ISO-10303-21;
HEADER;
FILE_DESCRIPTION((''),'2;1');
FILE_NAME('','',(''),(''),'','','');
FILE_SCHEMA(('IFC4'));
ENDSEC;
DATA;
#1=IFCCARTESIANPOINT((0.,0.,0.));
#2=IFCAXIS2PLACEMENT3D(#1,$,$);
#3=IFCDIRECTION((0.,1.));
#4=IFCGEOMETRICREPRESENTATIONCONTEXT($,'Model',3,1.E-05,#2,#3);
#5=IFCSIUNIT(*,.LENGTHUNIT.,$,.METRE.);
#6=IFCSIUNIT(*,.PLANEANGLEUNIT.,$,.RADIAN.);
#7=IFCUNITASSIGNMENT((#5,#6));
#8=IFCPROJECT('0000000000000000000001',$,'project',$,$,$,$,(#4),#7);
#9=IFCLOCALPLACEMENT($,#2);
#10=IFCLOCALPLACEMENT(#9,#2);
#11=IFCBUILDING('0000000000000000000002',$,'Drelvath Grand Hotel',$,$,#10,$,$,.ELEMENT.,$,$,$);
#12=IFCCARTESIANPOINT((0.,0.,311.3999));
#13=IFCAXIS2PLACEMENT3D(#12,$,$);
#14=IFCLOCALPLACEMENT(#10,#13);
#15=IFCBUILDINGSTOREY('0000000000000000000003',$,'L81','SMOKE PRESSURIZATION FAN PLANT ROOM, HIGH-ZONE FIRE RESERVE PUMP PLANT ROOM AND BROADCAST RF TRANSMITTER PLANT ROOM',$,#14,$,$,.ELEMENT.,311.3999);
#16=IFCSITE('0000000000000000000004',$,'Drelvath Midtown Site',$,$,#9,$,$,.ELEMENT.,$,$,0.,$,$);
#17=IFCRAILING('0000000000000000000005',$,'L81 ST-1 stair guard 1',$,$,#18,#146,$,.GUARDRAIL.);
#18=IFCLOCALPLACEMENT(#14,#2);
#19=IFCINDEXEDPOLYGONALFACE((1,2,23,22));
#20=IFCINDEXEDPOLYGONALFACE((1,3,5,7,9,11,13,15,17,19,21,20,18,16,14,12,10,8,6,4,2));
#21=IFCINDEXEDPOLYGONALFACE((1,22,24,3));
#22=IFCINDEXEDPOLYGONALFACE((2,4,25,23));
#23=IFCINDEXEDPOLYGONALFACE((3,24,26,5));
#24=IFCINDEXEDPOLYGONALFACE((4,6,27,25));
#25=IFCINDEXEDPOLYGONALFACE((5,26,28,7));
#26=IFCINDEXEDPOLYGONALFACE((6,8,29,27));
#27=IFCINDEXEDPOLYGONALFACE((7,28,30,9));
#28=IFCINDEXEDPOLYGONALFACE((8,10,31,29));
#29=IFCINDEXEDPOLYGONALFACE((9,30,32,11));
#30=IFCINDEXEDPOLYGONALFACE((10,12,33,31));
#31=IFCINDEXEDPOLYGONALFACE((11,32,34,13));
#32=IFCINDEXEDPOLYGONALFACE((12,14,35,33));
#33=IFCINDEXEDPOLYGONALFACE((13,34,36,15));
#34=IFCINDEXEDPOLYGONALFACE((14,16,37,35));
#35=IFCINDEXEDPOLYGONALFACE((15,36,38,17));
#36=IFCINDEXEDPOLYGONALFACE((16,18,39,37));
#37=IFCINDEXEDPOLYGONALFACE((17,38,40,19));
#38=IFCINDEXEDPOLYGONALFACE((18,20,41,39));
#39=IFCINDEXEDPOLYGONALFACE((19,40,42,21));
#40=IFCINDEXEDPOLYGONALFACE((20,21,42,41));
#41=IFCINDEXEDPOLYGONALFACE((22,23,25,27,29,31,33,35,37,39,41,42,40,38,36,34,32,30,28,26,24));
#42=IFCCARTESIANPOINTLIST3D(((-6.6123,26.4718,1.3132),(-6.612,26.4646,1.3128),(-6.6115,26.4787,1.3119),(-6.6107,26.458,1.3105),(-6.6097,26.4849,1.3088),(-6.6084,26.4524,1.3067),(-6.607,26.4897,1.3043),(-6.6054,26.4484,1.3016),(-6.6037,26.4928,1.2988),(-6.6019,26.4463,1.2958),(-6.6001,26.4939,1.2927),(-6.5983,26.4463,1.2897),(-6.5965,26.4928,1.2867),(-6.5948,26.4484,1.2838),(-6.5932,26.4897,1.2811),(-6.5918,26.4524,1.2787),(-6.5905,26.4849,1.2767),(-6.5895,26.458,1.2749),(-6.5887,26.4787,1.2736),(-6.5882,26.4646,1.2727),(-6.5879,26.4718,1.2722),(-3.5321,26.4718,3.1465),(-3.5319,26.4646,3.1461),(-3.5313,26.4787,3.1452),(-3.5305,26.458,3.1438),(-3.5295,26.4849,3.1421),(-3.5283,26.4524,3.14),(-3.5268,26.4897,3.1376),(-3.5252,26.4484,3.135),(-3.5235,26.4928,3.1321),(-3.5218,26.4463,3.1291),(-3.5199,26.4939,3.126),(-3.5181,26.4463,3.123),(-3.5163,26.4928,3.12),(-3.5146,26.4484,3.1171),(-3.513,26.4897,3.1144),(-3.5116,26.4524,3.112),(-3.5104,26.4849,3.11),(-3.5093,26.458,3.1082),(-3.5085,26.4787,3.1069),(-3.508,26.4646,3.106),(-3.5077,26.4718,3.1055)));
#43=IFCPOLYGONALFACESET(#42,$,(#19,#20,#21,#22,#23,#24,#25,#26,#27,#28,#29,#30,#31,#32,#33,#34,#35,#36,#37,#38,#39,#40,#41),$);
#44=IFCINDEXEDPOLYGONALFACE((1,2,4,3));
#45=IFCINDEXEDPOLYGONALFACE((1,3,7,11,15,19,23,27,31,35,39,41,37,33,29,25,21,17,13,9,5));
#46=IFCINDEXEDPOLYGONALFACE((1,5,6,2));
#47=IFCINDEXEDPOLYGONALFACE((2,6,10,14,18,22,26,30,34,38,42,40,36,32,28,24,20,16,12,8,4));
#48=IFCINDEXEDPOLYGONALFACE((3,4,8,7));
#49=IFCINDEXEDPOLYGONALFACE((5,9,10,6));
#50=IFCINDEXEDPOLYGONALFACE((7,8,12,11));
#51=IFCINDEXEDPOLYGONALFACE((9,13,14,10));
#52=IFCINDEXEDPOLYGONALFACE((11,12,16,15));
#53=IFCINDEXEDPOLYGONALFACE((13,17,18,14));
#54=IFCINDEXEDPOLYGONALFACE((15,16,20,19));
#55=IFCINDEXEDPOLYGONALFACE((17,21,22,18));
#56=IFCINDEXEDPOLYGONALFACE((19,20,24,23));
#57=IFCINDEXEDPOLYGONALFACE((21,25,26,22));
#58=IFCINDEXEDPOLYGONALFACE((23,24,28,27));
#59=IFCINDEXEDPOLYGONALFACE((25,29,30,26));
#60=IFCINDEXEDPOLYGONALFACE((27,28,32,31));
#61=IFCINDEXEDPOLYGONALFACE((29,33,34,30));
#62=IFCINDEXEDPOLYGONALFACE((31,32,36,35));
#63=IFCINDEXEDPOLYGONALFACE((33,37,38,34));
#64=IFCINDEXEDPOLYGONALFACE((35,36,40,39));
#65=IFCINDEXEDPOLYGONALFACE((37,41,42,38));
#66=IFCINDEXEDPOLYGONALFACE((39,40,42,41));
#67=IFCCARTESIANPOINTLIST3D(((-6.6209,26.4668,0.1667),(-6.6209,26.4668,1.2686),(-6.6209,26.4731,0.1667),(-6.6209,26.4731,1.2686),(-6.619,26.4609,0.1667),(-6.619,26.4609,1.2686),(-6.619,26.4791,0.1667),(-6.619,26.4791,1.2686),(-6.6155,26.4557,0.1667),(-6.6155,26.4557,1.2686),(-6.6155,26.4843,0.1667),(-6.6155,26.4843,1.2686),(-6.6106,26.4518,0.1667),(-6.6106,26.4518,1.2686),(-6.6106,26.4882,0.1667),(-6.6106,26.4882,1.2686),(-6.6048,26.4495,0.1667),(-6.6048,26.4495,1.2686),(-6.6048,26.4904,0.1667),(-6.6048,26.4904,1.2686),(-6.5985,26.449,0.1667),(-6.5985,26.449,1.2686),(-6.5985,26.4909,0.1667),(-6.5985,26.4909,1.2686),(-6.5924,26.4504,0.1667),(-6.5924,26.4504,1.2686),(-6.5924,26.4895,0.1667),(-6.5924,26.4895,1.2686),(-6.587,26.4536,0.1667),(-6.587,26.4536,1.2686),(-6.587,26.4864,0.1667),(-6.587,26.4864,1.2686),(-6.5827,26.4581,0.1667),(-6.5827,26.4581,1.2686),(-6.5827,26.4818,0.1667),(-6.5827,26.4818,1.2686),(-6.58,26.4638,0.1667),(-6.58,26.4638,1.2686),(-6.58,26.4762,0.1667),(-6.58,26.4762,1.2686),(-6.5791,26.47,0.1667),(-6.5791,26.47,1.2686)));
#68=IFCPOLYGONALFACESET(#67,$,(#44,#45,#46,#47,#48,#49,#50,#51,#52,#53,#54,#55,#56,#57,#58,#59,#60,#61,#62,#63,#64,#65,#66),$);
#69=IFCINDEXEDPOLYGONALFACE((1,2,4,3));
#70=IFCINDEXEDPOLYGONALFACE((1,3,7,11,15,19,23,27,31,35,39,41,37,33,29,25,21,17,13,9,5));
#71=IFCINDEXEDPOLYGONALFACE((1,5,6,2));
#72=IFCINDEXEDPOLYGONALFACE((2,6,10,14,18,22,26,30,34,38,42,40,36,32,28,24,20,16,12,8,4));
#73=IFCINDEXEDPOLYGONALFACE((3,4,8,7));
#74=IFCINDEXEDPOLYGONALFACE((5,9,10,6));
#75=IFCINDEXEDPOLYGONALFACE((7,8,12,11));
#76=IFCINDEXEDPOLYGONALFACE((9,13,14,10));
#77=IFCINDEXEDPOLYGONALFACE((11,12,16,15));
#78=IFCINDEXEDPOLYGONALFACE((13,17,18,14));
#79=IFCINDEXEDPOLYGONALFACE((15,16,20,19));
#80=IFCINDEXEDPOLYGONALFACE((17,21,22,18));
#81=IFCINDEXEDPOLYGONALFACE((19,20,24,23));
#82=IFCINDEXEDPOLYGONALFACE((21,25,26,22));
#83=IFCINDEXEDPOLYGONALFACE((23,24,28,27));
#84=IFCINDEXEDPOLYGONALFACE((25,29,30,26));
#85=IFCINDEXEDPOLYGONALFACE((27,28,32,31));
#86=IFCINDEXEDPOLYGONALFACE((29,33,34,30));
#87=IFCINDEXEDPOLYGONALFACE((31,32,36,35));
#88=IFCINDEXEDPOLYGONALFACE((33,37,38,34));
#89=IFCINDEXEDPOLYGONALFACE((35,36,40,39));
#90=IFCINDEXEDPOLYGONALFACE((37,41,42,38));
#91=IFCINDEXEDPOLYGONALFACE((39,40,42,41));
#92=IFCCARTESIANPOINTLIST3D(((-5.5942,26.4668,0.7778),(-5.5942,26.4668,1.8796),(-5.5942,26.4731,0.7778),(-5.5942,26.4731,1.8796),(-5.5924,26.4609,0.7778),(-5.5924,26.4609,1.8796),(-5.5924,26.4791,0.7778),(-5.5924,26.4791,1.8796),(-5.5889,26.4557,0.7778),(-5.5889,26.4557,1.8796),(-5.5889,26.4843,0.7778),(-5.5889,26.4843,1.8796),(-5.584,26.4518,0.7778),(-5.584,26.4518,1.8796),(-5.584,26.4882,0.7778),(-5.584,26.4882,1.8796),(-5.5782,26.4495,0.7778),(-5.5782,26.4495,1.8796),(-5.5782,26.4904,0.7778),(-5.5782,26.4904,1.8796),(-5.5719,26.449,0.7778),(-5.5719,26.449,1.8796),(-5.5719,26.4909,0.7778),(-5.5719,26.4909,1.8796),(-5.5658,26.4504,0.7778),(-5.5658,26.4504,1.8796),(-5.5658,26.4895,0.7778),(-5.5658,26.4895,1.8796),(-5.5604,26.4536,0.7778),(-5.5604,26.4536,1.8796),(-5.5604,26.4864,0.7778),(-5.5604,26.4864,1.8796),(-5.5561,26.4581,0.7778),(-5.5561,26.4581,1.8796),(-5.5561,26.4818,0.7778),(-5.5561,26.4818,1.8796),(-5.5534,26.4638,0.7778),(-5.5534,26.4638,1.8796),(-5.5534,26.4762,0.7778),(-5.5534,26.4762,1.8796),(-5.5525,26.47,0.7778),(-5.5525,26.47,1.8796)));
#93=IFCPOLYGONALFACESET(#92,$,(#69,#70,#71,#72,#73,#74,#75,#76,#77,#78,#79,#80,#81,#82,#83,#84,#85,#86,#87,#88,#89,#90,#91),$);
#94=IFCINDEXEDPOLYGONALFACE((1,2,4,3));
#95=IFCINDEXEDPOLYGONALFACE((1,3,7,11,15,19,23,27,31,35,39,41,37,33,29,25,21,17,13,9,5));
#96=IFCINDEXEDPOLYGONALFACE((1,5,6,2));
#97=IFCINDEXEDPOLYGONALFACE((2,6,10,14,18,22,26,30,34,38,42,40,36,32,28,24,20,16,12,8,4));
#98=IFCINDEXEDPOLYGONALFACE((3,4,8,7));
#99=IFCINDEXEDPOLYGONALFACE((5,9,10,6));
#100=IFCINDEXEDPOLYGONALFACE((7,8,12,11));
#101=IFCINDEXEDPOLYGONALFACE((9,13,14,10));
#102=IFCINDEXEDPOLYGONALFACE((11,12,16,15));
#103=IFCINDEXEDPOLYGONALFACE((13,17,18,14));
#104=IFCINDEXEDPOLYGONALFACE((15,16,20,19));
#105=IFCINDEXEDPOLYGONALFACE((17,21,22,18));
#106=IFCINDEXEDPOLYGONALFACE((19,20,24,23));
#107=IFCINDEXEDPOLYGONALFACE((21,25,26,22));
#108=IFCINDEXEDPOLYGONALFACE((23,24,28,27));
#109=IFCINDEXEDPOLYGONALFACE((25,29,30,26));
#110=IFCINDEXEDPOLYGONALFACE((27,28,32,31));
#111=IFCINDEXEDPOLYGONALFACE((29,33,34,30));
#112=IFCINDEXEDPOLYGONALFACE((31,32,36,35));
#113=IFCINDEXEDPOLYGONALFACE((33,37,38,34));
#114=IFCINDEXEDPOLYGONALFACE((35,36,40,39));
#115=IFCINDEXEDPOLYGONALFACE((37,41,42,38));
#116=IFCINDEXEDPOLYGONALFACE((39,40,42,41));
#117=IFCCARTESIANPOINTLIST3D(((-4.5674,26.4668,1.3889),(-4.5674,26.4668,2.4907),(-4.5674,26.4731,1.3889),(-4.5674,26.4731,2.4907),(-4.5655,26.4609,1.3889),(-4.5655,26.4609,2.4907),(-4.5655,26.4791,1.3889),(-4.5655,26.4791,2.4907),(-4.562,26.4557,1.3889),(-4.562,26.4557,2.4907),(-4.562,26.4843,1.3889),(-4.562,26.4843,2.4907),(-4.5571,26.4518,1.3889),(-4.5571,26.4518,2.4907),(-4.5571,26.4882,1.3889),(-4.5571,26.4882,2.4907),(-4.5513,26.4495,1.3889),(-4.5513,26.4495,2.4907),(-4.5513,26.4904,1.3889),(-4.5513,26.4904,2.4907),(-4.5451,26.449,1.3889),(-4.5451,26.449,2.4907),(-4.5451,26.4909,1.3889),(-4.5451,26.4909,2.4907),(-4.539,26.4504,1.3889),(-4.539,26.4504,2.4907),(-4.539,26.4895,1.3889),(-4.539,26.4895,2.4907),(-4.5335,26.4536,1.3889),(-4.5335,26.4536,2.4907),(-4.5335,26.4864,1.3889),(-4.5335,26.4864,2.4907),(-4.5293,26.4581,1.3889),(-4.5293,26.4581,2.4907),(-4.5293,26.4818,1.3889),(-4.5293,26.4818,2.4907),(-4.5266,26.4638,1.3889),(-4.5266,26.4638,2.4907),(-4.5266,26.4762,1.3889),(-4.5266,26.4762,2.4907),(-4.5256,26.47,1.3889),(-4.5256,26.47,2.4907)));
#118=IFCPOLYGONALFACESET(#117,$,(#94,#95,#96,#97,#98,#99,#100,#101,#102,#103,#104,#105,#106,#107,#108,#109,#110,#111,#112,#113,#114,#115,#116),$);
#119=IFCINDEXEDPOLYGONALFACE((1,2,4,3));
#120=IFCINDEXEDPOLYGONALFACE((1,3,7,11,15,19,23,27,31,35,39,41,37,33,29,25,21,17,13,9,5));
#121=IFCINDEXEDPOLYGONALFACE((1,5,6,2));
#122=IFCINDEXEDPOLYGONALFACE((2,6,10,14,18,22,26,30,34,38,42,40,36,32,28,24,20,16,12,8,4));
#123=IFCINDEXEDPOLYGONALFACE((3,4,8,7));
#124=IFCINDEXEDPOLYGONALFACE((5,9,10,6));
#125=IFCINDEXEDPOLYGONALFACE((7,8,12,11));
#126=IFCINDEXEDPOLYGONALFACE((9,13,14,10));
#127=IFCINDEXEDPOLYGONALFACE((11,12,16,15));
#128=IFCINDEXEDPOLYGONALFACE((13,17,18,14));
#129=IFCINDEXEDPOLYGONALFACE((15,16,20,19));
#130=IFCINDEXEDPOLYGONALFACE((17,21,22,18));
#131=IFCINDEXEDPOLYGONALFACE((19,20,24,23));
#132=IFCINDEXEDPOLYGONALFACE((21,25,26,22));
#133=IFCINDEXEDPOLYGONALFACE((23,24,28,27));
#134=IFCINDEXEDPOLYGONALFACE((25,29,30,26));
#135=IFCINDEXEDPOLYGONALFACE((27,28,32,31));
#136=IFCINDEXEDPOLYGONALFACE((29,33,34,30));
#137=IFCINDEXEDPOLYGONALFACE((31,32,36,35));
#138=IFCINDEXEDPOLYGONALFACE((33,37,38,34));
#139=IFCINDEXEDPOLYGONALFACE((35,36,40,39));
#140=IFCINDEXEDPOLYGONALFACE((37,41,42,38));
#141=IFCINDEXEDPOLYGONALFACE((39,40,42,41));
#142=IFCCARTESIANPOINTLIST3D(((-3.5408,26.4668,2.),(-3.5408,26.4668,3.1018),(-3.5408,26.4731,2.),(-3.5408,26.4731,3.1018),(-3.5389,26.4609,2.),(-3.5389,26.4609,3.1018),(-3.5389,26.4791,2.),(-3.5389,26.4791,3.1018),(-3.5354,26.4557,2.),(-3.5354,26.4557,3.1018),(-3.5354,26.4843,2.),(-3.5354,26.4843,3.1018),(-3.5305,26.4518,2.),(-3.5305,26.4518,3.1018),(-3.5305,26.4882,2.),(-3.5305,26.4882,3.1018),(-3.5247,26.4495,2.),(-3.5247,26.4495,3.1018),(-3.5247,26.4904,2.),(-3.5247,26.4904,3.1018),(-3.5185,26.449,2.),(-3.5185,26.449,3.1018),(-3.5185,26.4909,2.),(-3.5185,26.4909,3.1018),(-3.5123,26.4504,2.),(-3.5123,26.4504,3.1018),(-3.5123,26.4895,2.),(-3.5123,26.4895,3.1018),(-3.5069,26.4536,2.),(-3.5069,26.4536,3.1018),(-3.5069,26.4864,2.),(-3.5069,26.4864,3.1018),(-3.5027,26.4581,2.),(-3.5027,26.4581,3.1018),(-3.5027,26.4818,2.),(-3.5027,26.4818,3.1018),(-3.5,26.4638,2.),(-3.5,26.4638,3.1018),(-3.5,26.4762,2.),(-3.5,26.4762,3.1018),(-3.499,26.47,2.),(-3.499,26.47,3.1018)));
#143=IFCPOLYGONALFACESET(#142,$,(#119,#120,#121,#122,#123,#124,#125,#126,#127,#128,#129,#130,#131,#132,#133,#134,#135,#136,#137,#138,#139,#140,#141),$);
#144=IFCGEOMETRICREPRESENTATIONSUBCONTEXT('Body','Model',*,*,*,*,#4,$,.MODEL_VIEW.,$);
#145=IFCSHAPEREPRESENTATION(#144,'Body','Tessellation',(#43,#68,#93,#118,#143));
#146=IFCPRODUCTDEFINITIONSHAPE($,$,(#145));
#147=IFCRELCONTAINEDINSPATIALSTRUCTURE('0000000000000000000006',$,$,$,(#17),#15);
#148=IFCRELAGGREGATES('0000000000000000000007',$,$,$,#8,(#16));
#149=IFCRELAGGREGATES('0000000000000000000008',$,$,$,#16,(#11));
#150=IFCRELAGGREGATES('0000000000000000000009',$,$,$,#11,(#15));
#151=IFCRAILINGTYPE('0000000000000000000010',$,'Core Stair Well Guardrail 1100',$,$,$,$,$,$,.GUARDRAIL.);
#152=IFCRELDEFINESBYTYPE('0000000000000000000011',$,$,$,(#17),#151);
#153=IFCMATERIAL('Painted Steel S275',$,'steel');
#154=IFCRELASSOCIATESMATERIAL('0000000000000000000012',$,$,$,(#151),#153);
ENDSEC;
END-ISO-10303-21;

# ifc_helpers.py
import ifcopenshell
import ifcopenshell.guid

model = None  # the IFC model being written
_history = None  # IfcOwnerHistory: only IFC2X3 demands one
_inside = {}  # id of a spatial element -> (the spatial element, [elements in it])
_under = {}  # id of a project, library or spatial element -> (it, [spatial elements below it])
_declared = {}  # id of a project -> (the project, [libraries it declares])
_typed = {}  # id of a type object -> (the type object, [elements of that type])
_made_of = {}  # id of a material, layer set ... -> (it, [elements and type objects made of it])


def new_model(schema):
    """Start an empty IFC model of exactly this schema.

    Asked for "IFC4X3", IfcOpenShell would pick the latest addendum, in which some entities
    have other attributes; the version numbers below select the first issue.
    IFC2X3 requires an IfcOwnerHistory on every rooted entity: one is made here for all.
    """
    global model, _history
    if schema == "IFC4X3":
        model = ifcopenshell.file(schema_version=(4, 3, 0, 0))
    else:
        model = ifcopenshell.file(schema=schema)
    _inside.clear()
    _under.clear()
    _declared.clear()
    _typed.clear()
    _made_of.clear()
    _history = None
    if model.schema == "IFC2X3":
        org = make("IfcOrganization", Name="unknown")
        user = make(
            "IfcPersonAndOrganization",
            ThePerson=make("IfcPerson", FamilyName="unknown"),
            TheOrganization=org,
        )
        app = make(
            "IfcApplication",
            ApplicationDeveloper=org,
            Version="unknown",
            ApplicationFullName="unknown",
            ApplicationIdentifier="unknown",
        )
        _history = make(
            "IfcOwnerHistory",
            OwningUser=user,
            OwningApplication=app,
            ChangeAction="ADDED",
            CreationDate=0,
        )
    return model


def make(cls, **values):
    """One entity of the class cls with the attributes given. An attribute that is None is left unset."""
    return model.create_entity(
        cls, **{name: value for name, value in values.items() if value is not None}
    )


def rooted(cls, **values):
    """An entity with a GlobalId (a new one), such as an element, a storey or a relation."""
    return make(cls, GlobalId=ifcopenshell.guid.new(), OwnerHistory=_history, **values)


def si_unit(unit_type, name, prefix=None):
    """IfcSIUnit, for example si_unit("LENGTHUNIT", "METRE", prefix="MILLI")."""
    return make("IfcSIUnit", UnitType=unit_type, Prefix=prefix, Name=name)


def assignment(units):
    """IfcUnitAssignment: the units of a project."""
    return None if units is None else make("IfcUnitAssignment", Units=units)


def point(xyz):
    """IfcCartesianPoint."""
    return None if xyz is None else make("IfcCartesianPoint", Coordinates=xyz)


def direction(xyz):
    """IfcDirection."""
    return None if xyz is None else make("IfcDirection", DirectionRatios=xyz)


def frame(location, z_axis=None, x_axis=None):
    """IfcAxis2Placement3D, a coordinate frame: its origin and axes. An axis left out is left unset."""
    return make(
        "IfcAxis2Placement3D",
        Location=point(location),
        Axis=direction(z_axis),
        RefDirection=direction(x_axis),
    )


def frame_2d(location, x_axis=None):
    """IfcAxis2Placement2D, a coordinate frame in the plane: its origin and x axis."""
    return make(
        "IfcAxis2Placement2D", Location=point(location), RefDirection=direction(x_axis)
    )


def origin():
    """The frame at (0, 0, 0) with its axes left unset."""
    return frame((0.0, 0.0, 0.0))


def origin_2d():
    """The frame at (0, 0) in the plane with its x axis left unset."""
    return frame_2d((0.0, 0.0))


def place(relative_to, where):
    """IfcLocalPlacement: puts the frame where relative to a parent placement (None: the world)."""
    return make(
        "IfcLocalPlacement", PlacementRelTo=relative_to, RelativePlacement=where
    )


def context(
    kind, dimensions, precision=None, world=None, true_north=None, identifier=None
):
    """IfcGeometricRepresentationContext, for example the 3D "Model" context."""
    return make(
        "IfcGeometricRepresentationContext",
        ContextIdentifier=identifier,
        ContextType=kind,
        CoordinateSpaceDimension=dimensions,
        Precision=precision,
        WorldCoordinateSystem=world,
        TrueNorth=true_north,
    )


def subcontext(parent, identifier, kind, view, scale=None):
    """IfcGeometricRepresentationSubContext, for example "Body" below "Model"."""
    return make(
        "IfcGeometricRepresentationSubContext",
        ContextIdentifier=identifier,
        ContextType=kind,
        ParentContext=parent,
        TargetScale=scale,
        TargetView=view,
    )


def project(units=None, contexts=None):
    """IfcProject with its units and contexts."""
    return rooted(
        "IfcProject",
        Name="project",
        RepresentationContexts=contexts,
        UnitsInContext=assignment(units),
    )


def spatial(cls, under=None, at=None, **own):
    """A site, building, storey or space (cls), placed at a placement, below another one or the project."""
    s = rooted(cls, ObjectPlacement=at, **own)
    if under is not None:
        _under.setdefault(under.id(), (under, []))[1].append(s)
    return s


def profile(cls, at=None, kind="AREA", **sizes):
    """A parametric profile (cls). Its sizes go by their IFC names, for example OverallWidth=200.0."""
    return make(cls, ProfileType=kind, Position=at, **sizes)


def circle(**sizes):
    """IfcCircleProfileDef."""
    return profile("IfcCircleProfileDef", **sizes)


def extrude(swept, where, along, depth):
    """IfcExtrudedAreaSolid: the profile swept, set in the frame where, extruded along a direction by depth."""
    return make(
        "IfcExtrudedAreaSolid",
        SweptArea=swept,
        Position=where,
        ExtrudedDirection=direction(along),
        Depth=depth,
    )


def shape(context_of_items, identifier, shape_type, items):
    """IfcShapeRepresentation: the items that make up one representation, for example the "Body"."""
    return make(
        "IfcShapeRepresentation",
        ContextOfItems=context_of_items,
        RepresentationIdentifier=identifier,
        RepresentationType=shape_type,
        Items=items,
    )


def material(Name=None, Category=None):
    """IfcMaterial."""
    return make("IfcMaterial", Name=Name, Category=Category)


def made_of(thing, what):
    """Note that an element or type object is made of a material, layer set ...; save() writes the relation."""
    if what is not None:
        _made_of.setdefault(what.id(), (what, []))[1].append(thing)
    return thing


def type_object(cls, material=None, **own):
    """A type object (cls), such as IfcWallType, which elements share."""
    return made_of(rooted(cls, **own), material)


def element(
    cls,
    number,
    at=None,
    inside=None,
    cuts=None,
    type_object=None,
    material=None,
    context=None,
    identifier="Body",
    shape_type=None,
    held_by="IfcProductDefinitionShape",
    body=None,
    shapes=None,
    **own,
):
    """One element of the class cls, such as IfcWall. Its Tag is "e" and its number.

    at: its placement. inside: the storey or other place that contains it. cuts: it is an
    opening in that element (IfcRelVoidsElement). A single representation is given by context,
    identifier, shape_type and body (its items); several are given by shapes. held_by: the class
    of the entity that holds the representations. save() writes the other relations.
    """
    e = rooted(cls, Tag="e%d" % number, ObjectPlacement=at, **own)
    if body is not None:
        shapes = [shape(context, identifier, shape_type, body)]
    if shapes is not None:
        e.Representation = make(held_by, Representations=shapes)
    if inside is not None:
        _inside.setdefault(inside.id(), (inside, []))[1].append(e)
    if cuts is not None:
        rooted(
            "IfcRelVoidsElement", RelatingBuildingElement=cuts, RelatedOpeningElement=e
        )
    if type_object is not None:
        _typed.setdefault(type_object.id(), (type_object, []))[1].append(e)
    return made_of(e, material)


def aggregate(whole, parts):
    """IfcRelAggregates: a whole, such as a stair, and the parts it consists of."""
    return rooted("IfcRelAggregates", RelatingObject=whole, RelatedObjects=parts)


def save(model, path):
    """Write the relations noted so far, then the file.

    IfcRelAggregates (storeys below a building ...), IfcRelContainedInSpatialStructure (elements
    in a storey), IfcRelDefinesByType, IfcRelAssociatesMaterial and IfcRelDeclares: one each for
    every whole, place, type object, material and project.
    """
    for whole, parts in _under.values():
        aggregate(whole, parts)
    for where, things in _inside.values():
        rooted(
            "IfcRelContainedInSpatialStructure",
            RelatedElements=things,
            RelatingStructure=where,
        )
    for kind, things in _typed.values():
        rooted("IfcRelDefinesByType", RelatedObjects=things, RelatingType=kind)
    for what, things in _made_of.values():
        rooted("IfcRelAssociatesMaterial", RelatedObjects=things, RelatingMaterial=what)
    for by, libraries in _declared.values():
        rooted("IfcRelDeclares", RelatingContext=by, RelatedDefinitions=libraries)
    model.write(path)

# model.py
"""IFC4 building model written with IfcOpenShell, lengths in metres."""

from ifc_helpers import new_model, si_unit, direction, frame, origin, origin_2d, place, context, subcontext, project, spatial, circle, extrude, material, type_object, element, save


model = new_model("IFC4")

# Units and contexts
model_context = context("Model", 3, precision=1e-05, world=origin(), true_north=direction((0.0, 1.0)))
body_context = subcontext(model_context, "Body", "Model", "MODEL_VIEW")
ifc_project = project(units=[si_unit("LENGTHUNIT", "METRE"), si_unit("PLANEANGLEUNIT", "RADIAN")], contexts=[model_context])

# Site, building, storey
site_placement = place(None, origin())
site = spatial("IfcSite", under=ifc_project, at=site_placement, Name="Drelvath Midtown Site", CompositionType="ELEMENT", RefElevation=0.0)
building_placement = place(site_placement, origin())
building = spatial("IfcBuilding", under=site, at=building_placement, Name="Drelvath Grand Hotel", CompositionType="ELEMENT")
storey_placement = place(building_placement, frame((0.0, 0.0, 311.3999)))
storey = spatial("IfcBuildingStorey", under=building, at=storey_placement, Name="L81", Description="SMOKE PRESSURIZATION FAN PLANT ROOM, HIGH-ZONE FIRE RESERVE PUMP PLANT ROOM AND BROADCAST RF TRANSMITTER PLANT ROOM", CompositionType="ELEMENT", Elevation=311.3999)

# Shared definitions
ifc_material_1 = material(Name="Painted Steel S275", Category="steel")

# Railing
railing_type_1 = type_object("IfcRailingType", Name="Core Stair Well Guardrail 1100", PredefinedType="GUARDRAIL", material=ifc_material_1)
railing_1_placement = place(storey_placement, frame((-6.6001, 26.47, 0.1667)))
element("IfcRailing", 1, at=railing_1_placement, inside=storey, type_object=railing_type_1, Name="L81 ST-1 stair guard 1", PredefinedType="GUARDRAIL", context=body_context, shape_type="SweptSolid", body=[
    extrude(circle(Radius=0.0239, at=origin_2d()), frame((0.0, 0.0, 1.126), z_axis=(0.859309, 0.0, 0.511458), x_axis=(0.0, 1.0, 0.0)), (0.0, 0.0, 1.0), 3.5845),
    extrude(circle(Radius=0.021, at=origin_2d()), origin(), (0.0, 0.0, 1.0), 1.1018),
    extrude(circle(Radius=0.021, at=origin_2d()), frame((1.0266, 0.0, 0.6111)), (0.0, 0.0, 1.0), 1.1018),
    extrude(circle(Radius=0.021, at=origin_2d()), frame((2.0535, 0.0, 1.2222)), (0.0, 0.0, 1.0), 1.1018),
    extrude(circle(Radius=0.021, at=origin_2d()), frame((3.0801, 0.0, 1.8333)), (0.0, 0.0, 1.0), 1.1018),
])

save(model, "model.ifc")
